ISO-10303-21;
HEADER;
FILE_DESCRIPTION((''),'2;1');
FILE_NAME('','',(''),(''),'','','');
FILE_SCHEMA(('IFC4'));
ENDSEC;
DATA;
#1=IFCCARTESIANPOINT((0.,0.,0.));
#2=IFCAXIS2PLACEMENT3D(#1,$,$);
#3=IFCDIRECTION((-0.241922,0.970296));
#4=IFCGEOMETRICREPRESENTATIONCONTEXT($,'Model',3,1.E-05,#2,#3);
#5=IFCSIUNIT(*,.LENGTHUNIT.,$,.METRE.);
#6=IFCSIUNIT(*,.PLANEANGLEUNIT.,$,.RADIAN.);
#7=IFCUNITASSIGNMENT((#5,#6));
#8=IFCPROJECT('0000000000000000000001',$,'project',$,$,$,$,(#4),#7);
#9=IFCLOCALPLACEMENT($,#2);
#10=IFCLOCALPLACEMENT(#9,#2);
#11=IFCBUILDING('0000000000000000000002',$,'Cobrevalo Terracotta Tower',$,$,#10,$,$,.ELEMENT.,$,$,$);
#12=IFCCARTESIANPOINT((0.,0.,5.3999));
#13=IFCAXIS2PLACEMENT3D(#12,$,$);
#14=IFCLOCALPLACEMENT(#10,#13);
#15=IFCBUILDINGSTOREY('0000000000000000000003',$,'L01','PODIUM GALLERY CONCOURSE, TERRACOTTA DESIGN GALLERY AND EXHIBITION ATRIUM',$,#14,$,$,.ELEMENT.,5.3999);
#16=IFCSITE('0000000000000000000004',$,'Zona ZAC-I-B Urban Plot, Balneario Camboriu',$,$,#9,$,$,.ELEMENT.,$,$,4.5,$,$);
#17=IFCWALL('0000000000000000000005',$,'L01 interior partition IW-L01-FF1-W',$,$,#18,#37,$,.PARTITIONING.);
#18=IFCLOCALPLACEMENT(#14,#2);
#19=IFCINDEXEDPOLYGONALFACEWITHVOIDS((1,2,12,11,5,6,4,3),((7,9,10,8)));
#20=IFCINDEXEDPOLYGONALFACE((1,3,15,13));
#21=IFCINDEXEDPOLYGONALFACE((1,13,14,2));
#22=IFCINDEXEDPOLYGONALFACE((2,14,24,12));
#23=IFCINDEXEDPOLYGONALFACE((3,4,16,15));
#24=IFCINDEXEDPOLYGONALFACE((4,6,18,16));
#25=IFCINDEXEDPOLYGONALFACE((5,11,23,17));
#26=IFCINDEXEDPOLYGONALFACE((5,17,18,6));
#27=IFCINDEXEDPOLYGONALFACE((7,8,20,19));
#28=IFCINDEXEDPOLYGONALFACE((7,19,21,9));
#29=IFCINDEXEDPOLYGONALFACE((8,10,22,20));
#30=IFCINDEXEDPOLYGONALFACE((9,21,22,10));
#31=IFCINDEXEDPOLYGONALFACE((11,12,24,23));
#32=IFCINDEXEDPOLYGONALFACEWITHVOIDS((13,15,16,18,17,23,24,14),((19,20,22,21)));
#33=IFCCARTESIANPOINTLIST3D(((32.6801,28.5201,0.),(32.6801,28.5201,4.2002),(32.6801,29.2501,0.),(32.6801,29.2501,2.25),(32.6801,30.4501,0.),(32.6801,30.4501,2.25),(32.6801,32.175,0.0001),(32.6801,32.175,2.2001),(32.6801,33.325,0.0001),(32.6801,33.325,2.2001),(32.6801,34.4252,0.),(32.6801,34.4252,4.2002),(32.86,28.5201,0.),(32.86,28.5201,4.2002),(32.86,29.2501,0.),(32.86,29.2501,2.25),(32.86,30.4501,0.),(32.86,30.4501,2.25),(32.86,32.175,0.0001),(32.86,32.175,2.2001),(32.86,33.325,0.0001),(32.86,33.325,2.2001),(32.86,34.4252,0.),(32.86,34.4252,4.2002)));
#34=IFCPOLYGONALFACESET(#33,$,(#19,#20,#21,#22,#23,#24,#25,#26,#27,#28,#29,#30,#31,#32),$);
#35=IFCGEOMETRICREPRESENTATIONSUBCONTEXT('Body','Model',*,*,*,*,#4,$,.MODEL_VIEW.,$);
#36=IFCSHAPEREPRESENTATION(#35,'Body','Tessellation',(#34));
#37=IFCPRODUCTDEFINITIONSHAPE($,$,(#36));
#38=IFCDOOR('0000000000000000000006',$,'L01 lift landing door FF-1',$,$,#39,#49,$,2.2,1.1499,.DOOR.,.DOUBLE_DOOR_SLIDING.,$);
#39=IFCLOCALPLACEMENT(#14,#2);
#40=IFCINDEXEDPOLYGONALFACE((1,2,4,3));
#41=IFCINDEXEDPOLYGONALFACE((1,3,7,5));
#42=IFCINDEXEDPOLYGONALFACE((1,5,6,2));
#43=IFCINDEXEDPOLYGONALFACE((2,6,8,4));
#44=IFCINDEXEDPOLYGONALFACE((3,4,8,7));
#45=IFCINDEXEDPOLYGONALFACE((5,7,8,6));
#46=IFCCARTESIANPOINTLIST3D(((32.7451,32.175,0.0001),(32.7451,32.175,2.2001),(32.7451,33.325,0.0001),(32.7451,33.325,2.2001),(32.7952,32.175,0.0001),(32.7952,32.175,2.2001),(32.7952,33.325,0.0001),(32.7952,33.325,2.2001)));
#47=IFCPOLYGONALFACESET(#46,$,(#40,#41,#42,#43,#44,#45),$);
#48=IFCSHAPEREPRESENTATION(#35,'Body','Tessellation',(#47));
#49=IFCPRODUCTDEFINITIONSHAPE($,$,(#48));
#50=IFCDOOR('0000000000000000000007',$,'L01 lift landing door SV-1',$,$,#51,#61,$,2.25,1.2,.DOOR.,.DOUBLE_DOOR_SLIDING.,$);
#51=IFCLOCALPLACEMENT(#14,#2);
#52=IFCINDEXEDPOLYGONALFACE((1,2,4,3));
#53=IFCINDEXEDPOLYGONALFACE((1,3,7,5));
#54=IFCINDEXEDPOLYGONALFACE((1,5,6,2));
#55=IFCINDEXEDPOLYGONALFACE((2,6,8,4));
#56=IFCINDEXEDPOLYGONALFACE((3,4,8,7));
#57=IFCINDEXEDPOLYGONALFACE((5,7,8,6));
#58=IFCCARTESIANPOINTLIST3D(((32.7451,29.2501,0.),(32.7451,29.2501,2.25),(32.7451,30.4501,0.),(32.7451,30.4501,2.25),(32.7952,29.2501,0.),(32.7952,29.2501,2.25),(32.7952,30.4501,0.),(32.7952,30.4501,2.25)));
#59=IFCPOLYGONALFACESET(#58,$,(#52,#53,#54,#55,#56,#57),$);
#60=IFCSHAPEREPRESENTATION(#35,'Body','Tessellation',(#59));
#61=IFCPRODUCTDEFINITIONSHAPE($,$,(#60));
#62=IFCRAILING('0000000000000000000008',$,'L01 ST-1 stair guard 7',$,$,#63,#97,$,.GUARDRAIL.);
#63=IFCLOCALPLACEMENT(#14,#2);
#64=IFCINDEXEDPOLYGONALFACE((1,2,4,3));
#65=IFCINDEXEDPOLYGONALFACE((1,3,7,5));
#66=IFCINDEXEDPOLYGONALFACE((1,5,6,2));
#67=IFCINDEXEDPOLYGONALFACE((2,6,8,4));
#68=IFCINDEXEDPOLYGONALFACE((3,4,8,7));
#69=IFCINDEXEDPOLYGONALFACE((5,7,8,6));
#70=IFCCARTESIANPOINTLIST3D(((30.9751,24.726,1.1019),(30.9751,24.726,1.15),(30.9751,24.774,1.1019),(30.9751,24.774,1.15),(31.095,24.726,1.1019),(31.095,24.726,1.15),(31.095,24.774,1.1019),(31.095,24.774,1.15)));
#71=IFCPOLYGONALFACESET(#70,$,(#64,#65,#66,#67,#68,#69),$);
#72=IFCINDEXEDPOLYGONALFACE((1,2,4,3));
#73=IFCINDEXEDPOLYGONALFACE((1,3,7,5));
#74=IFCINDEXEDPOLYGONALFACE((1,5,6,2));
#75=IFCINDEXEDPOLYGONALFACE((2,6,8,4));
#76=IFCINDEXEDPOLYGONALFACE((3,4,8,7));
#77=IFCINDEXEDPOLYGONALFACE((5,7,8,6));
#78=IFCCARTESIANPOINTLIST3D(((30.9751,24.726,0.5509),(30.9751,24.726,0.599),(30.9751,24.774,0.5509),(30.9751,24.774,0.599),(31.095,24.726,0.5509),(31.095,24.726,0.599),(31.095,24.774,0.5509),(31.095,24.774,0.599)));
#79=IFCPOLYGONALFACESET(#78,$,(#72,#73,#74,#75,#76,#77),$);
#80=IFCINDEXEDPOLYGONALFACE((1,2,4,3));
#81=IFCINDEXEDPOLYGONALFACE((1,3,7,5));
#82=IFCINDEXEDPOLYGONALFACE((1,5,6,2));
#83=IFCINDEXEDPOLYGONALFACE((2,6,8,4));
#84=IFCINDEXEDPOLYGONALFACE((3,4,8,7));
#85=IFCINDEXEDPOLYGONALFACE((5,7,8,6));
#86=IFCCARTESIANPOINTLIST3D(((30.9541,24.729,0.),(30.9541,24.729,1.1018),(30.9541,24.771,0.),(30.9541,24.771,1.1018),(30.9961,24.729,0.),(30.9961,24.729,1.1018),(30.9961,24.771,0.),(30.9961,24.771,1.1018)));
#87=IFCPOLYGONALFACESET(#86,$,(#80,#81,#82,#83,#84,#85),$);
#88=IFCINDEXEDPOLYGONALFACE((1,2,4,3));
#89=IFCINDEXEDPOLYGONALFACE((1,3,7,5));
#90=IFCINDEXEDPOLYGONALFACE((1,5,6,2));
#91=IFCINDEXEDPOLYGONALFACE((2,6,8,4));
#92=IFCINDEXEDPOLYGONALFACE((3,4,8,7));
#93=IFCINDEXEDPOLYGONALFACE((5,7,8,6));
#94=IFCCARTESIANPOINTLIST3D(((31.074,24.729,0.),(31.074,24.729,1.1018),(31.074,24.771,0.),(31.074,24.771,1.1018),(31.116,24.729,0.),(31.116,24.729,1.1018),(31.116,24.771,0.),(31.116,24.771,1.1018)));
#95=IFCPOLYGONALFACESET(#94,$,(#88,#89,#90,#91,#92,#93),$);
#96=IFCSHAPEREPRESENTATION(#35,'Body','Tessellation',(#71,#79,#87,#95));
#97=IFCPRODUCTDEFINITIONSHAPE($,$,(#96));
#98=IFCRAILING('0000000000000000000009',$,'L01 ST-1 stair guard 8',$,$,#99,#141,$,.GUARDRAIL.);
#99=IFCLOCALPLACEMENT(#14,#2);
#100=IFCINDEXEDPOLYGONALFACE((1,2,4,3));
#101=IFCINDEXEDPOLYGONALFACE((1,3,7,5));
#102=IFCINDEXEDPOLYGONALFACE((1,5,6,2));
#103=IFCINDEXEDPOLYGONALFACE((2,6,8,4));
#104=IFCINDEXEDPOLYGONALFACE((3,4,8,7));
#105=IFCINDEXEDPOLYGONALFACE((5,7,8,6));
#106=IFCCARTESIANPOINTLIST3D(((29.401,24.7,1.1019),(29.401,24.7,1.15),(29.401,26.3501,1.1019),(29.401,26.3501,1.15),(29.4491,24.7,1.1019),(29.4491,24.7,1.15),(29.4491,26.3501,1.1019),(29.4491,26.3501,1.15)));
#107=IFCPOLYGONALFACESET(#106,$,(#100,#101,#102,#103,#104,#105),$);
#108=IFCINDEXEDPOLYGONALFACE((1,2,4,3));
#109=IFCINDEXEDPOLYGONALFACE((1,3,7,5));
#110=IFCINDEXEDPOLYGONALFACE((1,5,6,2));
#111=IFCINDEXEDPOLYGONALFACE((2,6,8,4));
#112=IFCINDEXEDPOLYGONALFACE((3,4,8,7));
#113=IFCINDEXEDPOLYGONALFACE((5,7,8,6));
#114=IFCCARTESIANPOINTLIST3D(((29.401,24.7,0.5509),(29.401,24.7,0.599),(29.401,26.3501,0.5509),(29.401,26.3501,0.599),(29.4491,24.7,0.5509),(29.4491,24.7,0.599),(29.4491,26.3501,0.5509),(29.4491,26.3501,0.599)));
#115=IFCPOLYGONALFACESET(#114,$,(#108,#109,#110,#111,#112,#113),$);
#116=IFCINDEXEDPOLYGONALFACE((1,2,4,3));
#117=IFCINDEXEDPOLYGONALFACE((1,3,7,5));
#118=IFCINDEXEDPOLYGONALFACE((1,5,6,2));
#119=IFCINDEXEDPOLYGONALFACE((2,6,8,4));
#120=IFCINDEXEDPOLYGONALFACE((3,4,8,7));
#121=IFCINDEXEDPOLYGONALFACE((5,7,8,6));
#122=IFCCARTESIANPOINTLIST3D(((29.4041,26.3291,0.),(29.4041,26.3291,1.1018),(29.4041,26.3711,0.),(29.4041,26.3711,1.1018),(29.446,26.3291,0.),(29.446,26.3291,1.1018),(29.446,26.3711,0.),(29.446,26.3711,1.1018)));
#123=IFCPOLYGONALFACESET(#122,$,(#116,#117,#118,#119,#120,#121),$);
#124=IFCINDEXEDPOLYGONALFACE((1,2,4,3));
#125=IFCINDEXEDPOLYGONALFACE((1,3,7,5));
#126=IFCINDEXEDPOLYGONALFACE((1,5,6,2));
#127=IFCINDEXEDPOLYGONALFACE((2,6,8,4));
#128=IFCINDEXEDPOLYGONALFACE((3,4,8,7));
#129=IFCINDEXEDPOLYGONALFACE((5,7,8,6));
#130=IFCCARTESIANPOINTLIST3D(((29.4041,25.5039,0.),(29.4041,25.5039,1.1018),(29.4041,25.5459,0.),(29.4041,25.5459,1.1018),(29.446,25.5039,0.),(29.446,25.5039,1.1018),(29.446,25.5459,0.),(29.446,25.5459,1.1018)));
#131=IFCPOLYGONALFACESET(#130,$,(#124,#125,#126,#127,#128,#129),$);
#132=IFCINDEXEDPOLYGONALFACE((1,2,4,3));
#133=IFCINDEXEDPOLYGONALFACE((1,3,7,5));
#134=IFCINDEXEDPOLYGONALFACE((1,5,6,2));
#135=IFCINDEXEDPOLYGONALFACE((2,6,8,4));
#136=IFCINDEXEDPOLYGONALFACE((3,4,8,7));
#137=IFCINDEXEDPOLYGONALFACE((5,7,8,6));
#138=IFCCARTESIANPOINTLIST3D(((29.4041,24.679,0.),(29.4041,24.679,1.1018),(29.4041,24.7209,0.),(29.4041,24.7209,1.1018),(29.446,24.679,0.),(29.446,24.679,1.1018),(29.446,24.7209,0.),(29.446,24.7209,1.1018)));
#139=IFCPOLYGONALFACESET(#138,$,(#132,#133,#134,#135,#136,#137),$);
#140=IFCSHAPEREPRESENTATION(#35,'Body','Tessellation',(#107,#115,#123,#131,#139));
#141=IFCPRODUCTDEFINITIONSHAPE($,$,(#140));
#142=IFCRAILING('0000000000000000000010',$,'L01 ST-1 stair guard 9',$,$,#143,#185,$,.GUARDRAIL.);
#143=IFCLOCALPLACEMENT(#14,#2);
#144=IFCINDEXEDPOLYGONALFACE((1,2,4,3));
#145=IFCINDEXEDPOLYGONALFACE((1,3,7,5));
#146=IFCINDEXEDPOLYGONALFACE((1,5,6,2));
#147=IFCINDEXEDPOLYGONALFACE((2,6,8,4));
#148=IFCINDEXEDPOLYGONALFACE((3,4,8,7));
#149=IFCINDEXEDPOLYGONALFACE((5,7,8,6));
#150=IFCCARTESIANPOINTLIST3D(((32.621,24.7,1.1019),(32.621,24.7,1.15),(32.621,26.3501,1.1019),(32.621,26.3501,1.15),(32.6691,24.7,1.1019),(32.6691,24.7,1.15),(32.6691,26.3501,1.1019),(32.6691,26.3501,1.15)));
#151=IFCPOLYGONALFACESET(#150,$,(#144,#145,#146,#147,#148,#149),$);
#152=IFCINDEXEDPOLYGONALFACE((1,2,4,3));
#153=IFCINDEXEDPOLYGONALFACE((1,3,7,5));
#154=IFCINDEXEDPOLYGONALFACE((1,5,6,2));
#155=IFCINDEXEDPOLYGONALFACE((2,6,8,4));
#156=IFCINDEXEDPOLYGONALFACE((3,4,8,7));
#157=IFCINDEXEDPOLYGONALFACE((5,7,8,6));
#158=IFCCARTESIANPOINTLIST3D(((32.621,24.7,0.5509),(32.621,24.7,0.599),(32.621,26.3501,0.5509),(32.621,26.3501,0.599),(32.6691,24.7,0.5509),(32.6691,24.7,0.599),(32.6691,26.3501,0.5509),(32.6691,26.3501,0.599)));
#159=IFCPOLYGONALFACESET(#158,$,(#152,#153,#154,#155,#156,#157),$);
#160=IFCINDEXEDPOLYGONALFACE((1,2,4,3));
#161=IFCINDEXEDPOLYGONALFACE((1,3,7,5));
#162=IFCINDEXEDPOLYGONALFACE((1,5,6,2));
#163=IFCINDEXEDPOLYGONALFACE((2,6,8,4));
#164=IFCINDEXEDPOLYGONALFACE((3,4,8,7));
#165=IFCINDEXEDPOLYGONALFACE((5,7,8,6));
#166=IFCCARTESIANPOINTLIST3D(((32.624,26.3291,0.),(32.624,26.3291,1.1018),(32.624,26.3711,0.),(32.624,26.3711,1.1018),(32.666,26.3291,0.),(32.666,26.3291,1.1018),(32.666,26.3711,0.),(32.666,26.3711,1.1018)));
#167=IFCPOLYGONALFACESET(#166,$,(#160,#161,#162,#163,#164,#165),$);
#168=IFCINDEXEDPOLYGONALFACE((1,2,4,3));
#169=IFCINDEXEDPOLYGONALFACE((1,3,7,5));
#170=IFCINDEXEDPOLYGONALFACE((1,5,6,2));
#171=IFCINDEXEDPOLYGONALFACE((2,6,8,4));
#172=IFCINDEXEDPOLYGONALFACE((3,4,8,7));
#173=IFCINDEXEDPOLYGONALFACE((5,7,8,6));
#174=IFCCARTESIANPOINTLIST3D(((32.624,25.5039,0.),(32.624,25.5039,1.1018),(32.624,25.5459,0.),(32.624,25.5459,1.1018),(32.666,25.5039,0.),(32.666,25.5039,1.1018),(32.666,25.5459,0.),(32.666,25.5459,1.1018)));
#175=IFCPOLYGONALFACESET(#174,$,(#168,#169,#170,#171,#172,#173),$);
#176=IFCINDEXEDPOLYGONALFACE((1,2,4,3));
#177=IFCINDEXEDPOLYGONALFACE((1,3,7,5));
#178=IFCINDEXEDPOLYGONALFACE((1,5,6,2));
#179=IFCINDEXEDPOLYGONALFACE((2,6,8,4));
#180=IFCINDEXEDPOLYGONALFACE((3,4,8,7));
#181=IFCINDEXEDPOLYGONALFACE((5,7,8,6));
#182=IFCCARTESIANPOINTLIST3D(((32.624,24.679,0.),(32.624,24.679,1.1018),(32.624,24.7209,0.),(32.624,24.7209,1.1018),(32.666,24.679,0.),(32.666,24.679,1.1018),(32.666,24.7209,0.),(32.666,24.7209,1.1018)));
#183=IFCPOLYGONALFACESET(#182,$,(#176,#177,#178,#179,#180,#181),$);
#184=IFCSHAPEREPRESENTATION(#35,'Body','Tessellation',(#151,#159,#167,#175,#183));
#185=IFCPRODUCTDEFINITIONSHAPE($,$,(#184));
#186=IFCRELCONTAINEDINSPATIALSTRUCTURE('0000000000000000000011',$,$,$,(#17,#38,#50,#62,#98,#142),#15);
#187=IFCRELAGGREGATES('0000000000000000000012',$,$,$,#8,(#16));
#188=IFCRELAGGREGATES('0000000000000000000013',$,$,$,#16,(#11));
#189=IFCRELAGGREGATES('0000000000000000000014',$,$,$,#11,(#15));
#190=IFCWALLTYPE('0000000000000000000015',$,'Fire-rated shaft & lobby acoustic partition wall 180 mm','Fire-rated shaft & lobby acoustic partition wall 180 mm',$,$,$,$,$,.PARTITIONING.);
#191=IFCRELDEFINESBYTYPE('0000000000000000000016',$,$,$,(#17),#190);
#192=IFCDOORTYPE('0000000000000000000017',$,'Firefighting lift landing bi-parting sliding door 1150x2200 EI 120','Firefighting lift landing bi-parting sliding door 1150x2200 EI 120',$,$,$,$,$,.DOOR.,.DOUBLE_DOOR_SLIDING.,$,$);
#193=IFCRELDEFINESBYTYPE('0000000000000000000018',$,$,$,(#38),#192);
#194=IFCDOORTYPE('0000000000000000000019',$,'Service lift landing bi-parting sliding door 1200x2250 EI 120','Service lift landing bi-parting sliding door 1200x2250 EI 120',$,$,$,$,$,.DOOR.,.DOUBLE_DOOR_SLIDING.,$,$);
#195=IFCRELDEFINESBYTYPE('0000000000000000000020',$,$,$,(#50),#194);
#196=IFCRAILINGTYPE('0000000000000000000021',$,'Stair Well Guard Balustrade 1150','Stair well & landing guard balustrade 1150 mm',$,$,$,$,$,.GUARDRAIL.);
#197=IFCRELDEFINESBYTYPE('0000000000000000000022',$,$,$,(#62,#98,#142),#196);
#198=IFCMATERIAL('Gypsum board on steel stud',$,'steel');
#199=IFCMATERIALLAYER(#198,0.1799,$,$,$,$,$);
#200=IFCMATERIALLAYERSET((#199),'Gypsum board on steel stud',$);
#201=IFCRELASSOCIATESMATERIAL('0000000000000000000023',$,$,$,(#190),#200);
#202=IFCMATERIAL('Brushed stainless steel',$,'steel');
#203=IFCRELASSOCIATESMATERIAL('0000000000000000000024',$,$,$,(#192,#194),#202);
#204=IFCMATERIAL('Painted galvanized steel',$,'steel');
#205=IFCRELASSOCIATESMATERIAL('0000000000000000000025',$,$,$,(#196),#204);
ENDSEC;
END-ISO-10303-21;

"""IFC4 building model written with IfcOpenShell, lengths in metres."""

from ifc_helpers import new_model, si_unit, direction, frame, frame_2d, origin, origin_2d, place, context, subcontext, project, spatial, rectangle, extrude, source, transform, mapped, material, layer, layer_set, type_object, element, fill, save


model = new_model("IFC4")

# Units and contexts
model_context = context("Model", 3, precision=1e-05, world=origin(), true_north=direction((-0.241922, 0.970296)))
body_context = subcontext(model_context, "Body", "Model", "MODEL_VIEW")
ifc_project = project(units=[si_unit("LENGTHUNIT", "METRE"), si_unit("PLANEANGLEUNIT", "RADIAN")], contexts=[model_context])

# Site, building, storey
site_placement = place(None, origin())
site = spatial("IfcSite", under=ifc_project, at=site_placement, Name="Zona ZAC-I-B Urban Plot, Balneario Camboriu", CompositionType="ELEMENT", RefElevation=4.5)
building_placement = place(site_placement, origin())
building = spatial("IfcBuilding", under=site, at=building_placement, Name="Cobrevalo Terracotta Tower", CompositionType="ELEMENT")
storey_placement = place(building_placement, frame((0.0, 0.0, 5.3999)))
storey = spatial("IfcBuildingStorey", under=building, at=storey_placement, Name="L01", Description="PODIUM GALLERY CONCOURSE, TERRACOTTA DESIGN GALLERY AND EXHIBITION ATRIUM", CompositionType="ELEMENT", Elevation=5.3999)

# Shared definitions
ifc_material_1 = material(Name="Gypsum board on steel stud", Category="steel")

# Shared definitions
ifc_layer_1 = layer(ifc_material_1, 0.1799)
ifc_layer_set_1 = layer_set([ifc_layer_1], Name="Gypsum board on steel stud")
wall_type_1 = type_object("IfcWallType", Name="Fire-rated shaft & lobby acoustic partition wall 180 mm", Description="Fire-rated shaft & lobby acoustic partition wall 180 mm", PredefinedType="PARTITIONING", material=ifc_layer_set_1)

# Wall, openings, doors
wall_1_placement = place(storey_placement, frame((32.77, 28.52, 0.0), z_axis=(0.0, 0.0, 1.0), x_axis=(0.0, 1.0, 0.0)))
wall_1 = element("IfcWall", 1, at=wall_1_placement, inside=storey, type_object=wall_type_1, Name="L01 interior partition IW-L01-FF1-W", PredefinedType="PARTITIONING", context=body_context, shape_type="SweptSolid", body=[
    extrude(rectangle(XDim=5.905, YDim=0.1799, at=frame_2d((2.9526, 0.0))), origin(), (0.0, 0.0, 1.0), 4.2002),
])
opening_1_placement = place(wall_1_placement, frame((3.655, 0.0, 0.0)))
opening_1 = element("IfcOpeningElement", 2, at=opening_1_placement, cuts=wall_1, PredefinedType="OPENING", context=body_context, shape_type="SweptSolid", body=[
    extrude(rectangle(XDim=1.1499, YDim=2.2, at=frame_2d((0.575, 1.1001))), frame((0.0, 0.1001, 0.0), z_axis=(0.0, -1.0, 0.0), x_axis=(1.0, 0.0, 0.0)), (0.0, 0.0, 1.0), 0.2),
])
opening_2_placement = place(wall_1_placement, frame((0.73, 0.0, 0.0)))
opening_2 = element("IfcOpeningElement", 3, at=opening_2_placement, cuts=wall_1, PredefinedType="OPENING", context=body_context, shape_type="SweptSolid", body=[
    extrude(rectangle(XDim=1.2, YDim=2.25, at=frame_2d((0.6001, 1.125))), frame((0.0, 0.1001, 0.0), z_axis=(0.0, -1.0, 0.0), x_axis=(1.0, 0.0, 0.0)), (0.0, 0.0, 1.0), 0.2),
])
ifc_material_2 = material(Name="Brushed stainless steel", Category="steel")
door_type_1 = type_object("IfcDoorType", Name="Firefighting lift landing bi-parting sliding door 1150x2200 EI 120", Description="Firefighting lift landing bi-parting sliding door 1150x2200 EI 120", OperationType="DOUBLE_DOOR_SLIDING", PredefinedType="DOOR", material=ifc_material_2)
shared_shape_1 = source(origin(), body_context, "Body", "SweptSolid", [
    extrude(rectangle(XDim=1.1499, YDim=2.2, at=frame_2d((0.575, 1.1001))), frame((0.0, 0.0249, 0.0), z_axis=(0.0, -1.0, 0.0), x_axis=(1.0, 0.0, 0.0)), (0.0, 0.0, 1.0), 0.05),
])
door_1_placement = place(opening_1_placement, origin())
door_1 = element("IfcDoor", 4, at=door_1_placement, inside=storey, type_object=door_type_1, Name="L01 lift landing door FF-1", OperationType="DOUBLE_DOOR_SLIDING", OverallHeight=2.2, OverallWidth=1.1499, PredefinedType="DOOR", context=body_context, shape_type="MappedRepresentation", body=[
    mapped(shared_shape_1, transform((0.0, 0.0, 0.0), scale=1.0)),
])
fill(opening_1, door_1)
door_type_2 = type_object("IfcDoorType", Name="Service lift landing bi-parting sliding door 1200x2250 EI 120", Description="Service lift landing bi-parting sliding door 1200x2250 EI 120", OperationType="DOUBLE_DOOR_SLIDING", PredefinedType="DOOR", material=ifc_material_2)
shared_shape_2 = source(origin(), body_context, "Body", "SweptSolid", [
    extrude(rectangle(XDim=1.2, YDim=2.25, at=frame_2d((0.6001, 1.125))), frame((0.0, 0.0249, 0.0), z_axis=(0.0, -1.0, 0.0), x_axis=(1.0, 0.0, 0.0)), (0.0, 0.0, 1.0), 0.05),
])
door_2_placement = place(opening_2_placement, origin())
door_2 = element("IfcDoor", 5, at=door_2_placement, inside=storey, type_object=door_type_2, Name="L01 lift landing door SV-1", OperationType="DOUBLE_DOOR_SLIDING", OverallHeight=2.25, OverallWidth=1.2, PredefinedType="DOOR", context=body_context, shape_type="MappedRepresentation", body=[
    mapped(shared_shape_2, transform((0.0, 0.0, 0.0), scale=1.0)),
])
fill(opening_2, door_2)

# Railings
ifc_material_3 = material(Name="Painted galvanized steel", Category="steel")
railing_type = type_object("IfcRailingType", Name="Stair Well Guard Balustrade 1150", Description="Stair well & landing guard balustrade 1150 mm", PredefinedType="GUARDRAIL", material=ifc_material_3)
railing_placement = place(storey_placement, frame((30.9751, 24.75, 0.0)))
element("IfcRailing", 6, at=railing_placement, inside=storey, type_object=railing_type, Name="L01 ST-1 stair guard 7", PredefinedType="GUARDRAIL", context=body_context, shape_type="SweptSolid", body=[
    extrude(rectangle(XDim=0.0481, YDim=0.0481, at=origin_2d()), frame((0.0, 0.0, 1.126), z_axis=(1.0, 0.0, 0.0), x_axis=(0.0, 1.0, 0.0)), (0.0, 0.0, 1.0), 0.1199),
    extrude(rectangle(XDim=0.0481, YDim=0.0481, at=origin_2d()), frame((0.0, 0.0, 0.575), z_axis=(1.0, 0.0, 0.0), x_axis=(0.0, 1.0, 0.0)), (0.0, 0.0, 1.0), 0.1199),
    extrude(rectangle(XDim=0.042, YDim=0.042, at=origin_2d()), origin(), (0.0, 0.0, 1.0), 1.1018),
    extrude(rectangle(XDim=0.042, YDim=0.042, at=origin_2d()), frame((0.1199, 0.0, 0.0)), (0.0, 0.0, 1.0), 1.1018),
])
for number, where, name in (
    (7, (29.425, 26.3501, 0.0), "L01 ST-1 stair guard 8"),
    (8, (32.645, 26.3501, 0.0), "L01 ST-1 stair guard 9"),
):
    element("IfcRailing", number, at=place(storey_placement, frame(where)), inside=storey, type_object=railing_type, Name=name, PredefinedType="GUARDRAIL", context=body_context, shape_type="SweptSolid", body=[
        extrude(rectangle(XDim=0.0481, YDim=0.0481, at=origin_2d()), frame((0.0, 0.0, 1.126), z_axis=(0.0, -1.0, 0.0), x_axis=(1.0, 0.0, 0.0)), (0.0, 0.0, 1.0), 1.6501),
        extrude(rectangle(XDim=0.0481, YDim=0.0481, at=origin_2d()), frame((0.0, 0.0, 0.575), z_axis=(0.0, -1.0, 0.0), x_axis=(1.0, 0.0, 0.0)), (0.0, 0.0, 1.0), 1.6501),
        extrude(rectangle(XDim=0.042, YDim=0.042, at=origin_2d()), origin(), (0.0, 0.0, 1.0), 1.1018),
        extrude(rectangle(XDim=0.042, YDim=0.042, at=origin_2d()), frame((0.0, -0.8252, 0.0)), (0.0, 0.0, 1.0), 1.1018),
        extrude(rectangle(XDim=0.042, YDim=0.042, at=origin_2d()), frame((0.0, -1.6501, 0.0)), (0.0, 0.0, 1.0), 1.1018),
    ])

save(model, "model.ifc")
